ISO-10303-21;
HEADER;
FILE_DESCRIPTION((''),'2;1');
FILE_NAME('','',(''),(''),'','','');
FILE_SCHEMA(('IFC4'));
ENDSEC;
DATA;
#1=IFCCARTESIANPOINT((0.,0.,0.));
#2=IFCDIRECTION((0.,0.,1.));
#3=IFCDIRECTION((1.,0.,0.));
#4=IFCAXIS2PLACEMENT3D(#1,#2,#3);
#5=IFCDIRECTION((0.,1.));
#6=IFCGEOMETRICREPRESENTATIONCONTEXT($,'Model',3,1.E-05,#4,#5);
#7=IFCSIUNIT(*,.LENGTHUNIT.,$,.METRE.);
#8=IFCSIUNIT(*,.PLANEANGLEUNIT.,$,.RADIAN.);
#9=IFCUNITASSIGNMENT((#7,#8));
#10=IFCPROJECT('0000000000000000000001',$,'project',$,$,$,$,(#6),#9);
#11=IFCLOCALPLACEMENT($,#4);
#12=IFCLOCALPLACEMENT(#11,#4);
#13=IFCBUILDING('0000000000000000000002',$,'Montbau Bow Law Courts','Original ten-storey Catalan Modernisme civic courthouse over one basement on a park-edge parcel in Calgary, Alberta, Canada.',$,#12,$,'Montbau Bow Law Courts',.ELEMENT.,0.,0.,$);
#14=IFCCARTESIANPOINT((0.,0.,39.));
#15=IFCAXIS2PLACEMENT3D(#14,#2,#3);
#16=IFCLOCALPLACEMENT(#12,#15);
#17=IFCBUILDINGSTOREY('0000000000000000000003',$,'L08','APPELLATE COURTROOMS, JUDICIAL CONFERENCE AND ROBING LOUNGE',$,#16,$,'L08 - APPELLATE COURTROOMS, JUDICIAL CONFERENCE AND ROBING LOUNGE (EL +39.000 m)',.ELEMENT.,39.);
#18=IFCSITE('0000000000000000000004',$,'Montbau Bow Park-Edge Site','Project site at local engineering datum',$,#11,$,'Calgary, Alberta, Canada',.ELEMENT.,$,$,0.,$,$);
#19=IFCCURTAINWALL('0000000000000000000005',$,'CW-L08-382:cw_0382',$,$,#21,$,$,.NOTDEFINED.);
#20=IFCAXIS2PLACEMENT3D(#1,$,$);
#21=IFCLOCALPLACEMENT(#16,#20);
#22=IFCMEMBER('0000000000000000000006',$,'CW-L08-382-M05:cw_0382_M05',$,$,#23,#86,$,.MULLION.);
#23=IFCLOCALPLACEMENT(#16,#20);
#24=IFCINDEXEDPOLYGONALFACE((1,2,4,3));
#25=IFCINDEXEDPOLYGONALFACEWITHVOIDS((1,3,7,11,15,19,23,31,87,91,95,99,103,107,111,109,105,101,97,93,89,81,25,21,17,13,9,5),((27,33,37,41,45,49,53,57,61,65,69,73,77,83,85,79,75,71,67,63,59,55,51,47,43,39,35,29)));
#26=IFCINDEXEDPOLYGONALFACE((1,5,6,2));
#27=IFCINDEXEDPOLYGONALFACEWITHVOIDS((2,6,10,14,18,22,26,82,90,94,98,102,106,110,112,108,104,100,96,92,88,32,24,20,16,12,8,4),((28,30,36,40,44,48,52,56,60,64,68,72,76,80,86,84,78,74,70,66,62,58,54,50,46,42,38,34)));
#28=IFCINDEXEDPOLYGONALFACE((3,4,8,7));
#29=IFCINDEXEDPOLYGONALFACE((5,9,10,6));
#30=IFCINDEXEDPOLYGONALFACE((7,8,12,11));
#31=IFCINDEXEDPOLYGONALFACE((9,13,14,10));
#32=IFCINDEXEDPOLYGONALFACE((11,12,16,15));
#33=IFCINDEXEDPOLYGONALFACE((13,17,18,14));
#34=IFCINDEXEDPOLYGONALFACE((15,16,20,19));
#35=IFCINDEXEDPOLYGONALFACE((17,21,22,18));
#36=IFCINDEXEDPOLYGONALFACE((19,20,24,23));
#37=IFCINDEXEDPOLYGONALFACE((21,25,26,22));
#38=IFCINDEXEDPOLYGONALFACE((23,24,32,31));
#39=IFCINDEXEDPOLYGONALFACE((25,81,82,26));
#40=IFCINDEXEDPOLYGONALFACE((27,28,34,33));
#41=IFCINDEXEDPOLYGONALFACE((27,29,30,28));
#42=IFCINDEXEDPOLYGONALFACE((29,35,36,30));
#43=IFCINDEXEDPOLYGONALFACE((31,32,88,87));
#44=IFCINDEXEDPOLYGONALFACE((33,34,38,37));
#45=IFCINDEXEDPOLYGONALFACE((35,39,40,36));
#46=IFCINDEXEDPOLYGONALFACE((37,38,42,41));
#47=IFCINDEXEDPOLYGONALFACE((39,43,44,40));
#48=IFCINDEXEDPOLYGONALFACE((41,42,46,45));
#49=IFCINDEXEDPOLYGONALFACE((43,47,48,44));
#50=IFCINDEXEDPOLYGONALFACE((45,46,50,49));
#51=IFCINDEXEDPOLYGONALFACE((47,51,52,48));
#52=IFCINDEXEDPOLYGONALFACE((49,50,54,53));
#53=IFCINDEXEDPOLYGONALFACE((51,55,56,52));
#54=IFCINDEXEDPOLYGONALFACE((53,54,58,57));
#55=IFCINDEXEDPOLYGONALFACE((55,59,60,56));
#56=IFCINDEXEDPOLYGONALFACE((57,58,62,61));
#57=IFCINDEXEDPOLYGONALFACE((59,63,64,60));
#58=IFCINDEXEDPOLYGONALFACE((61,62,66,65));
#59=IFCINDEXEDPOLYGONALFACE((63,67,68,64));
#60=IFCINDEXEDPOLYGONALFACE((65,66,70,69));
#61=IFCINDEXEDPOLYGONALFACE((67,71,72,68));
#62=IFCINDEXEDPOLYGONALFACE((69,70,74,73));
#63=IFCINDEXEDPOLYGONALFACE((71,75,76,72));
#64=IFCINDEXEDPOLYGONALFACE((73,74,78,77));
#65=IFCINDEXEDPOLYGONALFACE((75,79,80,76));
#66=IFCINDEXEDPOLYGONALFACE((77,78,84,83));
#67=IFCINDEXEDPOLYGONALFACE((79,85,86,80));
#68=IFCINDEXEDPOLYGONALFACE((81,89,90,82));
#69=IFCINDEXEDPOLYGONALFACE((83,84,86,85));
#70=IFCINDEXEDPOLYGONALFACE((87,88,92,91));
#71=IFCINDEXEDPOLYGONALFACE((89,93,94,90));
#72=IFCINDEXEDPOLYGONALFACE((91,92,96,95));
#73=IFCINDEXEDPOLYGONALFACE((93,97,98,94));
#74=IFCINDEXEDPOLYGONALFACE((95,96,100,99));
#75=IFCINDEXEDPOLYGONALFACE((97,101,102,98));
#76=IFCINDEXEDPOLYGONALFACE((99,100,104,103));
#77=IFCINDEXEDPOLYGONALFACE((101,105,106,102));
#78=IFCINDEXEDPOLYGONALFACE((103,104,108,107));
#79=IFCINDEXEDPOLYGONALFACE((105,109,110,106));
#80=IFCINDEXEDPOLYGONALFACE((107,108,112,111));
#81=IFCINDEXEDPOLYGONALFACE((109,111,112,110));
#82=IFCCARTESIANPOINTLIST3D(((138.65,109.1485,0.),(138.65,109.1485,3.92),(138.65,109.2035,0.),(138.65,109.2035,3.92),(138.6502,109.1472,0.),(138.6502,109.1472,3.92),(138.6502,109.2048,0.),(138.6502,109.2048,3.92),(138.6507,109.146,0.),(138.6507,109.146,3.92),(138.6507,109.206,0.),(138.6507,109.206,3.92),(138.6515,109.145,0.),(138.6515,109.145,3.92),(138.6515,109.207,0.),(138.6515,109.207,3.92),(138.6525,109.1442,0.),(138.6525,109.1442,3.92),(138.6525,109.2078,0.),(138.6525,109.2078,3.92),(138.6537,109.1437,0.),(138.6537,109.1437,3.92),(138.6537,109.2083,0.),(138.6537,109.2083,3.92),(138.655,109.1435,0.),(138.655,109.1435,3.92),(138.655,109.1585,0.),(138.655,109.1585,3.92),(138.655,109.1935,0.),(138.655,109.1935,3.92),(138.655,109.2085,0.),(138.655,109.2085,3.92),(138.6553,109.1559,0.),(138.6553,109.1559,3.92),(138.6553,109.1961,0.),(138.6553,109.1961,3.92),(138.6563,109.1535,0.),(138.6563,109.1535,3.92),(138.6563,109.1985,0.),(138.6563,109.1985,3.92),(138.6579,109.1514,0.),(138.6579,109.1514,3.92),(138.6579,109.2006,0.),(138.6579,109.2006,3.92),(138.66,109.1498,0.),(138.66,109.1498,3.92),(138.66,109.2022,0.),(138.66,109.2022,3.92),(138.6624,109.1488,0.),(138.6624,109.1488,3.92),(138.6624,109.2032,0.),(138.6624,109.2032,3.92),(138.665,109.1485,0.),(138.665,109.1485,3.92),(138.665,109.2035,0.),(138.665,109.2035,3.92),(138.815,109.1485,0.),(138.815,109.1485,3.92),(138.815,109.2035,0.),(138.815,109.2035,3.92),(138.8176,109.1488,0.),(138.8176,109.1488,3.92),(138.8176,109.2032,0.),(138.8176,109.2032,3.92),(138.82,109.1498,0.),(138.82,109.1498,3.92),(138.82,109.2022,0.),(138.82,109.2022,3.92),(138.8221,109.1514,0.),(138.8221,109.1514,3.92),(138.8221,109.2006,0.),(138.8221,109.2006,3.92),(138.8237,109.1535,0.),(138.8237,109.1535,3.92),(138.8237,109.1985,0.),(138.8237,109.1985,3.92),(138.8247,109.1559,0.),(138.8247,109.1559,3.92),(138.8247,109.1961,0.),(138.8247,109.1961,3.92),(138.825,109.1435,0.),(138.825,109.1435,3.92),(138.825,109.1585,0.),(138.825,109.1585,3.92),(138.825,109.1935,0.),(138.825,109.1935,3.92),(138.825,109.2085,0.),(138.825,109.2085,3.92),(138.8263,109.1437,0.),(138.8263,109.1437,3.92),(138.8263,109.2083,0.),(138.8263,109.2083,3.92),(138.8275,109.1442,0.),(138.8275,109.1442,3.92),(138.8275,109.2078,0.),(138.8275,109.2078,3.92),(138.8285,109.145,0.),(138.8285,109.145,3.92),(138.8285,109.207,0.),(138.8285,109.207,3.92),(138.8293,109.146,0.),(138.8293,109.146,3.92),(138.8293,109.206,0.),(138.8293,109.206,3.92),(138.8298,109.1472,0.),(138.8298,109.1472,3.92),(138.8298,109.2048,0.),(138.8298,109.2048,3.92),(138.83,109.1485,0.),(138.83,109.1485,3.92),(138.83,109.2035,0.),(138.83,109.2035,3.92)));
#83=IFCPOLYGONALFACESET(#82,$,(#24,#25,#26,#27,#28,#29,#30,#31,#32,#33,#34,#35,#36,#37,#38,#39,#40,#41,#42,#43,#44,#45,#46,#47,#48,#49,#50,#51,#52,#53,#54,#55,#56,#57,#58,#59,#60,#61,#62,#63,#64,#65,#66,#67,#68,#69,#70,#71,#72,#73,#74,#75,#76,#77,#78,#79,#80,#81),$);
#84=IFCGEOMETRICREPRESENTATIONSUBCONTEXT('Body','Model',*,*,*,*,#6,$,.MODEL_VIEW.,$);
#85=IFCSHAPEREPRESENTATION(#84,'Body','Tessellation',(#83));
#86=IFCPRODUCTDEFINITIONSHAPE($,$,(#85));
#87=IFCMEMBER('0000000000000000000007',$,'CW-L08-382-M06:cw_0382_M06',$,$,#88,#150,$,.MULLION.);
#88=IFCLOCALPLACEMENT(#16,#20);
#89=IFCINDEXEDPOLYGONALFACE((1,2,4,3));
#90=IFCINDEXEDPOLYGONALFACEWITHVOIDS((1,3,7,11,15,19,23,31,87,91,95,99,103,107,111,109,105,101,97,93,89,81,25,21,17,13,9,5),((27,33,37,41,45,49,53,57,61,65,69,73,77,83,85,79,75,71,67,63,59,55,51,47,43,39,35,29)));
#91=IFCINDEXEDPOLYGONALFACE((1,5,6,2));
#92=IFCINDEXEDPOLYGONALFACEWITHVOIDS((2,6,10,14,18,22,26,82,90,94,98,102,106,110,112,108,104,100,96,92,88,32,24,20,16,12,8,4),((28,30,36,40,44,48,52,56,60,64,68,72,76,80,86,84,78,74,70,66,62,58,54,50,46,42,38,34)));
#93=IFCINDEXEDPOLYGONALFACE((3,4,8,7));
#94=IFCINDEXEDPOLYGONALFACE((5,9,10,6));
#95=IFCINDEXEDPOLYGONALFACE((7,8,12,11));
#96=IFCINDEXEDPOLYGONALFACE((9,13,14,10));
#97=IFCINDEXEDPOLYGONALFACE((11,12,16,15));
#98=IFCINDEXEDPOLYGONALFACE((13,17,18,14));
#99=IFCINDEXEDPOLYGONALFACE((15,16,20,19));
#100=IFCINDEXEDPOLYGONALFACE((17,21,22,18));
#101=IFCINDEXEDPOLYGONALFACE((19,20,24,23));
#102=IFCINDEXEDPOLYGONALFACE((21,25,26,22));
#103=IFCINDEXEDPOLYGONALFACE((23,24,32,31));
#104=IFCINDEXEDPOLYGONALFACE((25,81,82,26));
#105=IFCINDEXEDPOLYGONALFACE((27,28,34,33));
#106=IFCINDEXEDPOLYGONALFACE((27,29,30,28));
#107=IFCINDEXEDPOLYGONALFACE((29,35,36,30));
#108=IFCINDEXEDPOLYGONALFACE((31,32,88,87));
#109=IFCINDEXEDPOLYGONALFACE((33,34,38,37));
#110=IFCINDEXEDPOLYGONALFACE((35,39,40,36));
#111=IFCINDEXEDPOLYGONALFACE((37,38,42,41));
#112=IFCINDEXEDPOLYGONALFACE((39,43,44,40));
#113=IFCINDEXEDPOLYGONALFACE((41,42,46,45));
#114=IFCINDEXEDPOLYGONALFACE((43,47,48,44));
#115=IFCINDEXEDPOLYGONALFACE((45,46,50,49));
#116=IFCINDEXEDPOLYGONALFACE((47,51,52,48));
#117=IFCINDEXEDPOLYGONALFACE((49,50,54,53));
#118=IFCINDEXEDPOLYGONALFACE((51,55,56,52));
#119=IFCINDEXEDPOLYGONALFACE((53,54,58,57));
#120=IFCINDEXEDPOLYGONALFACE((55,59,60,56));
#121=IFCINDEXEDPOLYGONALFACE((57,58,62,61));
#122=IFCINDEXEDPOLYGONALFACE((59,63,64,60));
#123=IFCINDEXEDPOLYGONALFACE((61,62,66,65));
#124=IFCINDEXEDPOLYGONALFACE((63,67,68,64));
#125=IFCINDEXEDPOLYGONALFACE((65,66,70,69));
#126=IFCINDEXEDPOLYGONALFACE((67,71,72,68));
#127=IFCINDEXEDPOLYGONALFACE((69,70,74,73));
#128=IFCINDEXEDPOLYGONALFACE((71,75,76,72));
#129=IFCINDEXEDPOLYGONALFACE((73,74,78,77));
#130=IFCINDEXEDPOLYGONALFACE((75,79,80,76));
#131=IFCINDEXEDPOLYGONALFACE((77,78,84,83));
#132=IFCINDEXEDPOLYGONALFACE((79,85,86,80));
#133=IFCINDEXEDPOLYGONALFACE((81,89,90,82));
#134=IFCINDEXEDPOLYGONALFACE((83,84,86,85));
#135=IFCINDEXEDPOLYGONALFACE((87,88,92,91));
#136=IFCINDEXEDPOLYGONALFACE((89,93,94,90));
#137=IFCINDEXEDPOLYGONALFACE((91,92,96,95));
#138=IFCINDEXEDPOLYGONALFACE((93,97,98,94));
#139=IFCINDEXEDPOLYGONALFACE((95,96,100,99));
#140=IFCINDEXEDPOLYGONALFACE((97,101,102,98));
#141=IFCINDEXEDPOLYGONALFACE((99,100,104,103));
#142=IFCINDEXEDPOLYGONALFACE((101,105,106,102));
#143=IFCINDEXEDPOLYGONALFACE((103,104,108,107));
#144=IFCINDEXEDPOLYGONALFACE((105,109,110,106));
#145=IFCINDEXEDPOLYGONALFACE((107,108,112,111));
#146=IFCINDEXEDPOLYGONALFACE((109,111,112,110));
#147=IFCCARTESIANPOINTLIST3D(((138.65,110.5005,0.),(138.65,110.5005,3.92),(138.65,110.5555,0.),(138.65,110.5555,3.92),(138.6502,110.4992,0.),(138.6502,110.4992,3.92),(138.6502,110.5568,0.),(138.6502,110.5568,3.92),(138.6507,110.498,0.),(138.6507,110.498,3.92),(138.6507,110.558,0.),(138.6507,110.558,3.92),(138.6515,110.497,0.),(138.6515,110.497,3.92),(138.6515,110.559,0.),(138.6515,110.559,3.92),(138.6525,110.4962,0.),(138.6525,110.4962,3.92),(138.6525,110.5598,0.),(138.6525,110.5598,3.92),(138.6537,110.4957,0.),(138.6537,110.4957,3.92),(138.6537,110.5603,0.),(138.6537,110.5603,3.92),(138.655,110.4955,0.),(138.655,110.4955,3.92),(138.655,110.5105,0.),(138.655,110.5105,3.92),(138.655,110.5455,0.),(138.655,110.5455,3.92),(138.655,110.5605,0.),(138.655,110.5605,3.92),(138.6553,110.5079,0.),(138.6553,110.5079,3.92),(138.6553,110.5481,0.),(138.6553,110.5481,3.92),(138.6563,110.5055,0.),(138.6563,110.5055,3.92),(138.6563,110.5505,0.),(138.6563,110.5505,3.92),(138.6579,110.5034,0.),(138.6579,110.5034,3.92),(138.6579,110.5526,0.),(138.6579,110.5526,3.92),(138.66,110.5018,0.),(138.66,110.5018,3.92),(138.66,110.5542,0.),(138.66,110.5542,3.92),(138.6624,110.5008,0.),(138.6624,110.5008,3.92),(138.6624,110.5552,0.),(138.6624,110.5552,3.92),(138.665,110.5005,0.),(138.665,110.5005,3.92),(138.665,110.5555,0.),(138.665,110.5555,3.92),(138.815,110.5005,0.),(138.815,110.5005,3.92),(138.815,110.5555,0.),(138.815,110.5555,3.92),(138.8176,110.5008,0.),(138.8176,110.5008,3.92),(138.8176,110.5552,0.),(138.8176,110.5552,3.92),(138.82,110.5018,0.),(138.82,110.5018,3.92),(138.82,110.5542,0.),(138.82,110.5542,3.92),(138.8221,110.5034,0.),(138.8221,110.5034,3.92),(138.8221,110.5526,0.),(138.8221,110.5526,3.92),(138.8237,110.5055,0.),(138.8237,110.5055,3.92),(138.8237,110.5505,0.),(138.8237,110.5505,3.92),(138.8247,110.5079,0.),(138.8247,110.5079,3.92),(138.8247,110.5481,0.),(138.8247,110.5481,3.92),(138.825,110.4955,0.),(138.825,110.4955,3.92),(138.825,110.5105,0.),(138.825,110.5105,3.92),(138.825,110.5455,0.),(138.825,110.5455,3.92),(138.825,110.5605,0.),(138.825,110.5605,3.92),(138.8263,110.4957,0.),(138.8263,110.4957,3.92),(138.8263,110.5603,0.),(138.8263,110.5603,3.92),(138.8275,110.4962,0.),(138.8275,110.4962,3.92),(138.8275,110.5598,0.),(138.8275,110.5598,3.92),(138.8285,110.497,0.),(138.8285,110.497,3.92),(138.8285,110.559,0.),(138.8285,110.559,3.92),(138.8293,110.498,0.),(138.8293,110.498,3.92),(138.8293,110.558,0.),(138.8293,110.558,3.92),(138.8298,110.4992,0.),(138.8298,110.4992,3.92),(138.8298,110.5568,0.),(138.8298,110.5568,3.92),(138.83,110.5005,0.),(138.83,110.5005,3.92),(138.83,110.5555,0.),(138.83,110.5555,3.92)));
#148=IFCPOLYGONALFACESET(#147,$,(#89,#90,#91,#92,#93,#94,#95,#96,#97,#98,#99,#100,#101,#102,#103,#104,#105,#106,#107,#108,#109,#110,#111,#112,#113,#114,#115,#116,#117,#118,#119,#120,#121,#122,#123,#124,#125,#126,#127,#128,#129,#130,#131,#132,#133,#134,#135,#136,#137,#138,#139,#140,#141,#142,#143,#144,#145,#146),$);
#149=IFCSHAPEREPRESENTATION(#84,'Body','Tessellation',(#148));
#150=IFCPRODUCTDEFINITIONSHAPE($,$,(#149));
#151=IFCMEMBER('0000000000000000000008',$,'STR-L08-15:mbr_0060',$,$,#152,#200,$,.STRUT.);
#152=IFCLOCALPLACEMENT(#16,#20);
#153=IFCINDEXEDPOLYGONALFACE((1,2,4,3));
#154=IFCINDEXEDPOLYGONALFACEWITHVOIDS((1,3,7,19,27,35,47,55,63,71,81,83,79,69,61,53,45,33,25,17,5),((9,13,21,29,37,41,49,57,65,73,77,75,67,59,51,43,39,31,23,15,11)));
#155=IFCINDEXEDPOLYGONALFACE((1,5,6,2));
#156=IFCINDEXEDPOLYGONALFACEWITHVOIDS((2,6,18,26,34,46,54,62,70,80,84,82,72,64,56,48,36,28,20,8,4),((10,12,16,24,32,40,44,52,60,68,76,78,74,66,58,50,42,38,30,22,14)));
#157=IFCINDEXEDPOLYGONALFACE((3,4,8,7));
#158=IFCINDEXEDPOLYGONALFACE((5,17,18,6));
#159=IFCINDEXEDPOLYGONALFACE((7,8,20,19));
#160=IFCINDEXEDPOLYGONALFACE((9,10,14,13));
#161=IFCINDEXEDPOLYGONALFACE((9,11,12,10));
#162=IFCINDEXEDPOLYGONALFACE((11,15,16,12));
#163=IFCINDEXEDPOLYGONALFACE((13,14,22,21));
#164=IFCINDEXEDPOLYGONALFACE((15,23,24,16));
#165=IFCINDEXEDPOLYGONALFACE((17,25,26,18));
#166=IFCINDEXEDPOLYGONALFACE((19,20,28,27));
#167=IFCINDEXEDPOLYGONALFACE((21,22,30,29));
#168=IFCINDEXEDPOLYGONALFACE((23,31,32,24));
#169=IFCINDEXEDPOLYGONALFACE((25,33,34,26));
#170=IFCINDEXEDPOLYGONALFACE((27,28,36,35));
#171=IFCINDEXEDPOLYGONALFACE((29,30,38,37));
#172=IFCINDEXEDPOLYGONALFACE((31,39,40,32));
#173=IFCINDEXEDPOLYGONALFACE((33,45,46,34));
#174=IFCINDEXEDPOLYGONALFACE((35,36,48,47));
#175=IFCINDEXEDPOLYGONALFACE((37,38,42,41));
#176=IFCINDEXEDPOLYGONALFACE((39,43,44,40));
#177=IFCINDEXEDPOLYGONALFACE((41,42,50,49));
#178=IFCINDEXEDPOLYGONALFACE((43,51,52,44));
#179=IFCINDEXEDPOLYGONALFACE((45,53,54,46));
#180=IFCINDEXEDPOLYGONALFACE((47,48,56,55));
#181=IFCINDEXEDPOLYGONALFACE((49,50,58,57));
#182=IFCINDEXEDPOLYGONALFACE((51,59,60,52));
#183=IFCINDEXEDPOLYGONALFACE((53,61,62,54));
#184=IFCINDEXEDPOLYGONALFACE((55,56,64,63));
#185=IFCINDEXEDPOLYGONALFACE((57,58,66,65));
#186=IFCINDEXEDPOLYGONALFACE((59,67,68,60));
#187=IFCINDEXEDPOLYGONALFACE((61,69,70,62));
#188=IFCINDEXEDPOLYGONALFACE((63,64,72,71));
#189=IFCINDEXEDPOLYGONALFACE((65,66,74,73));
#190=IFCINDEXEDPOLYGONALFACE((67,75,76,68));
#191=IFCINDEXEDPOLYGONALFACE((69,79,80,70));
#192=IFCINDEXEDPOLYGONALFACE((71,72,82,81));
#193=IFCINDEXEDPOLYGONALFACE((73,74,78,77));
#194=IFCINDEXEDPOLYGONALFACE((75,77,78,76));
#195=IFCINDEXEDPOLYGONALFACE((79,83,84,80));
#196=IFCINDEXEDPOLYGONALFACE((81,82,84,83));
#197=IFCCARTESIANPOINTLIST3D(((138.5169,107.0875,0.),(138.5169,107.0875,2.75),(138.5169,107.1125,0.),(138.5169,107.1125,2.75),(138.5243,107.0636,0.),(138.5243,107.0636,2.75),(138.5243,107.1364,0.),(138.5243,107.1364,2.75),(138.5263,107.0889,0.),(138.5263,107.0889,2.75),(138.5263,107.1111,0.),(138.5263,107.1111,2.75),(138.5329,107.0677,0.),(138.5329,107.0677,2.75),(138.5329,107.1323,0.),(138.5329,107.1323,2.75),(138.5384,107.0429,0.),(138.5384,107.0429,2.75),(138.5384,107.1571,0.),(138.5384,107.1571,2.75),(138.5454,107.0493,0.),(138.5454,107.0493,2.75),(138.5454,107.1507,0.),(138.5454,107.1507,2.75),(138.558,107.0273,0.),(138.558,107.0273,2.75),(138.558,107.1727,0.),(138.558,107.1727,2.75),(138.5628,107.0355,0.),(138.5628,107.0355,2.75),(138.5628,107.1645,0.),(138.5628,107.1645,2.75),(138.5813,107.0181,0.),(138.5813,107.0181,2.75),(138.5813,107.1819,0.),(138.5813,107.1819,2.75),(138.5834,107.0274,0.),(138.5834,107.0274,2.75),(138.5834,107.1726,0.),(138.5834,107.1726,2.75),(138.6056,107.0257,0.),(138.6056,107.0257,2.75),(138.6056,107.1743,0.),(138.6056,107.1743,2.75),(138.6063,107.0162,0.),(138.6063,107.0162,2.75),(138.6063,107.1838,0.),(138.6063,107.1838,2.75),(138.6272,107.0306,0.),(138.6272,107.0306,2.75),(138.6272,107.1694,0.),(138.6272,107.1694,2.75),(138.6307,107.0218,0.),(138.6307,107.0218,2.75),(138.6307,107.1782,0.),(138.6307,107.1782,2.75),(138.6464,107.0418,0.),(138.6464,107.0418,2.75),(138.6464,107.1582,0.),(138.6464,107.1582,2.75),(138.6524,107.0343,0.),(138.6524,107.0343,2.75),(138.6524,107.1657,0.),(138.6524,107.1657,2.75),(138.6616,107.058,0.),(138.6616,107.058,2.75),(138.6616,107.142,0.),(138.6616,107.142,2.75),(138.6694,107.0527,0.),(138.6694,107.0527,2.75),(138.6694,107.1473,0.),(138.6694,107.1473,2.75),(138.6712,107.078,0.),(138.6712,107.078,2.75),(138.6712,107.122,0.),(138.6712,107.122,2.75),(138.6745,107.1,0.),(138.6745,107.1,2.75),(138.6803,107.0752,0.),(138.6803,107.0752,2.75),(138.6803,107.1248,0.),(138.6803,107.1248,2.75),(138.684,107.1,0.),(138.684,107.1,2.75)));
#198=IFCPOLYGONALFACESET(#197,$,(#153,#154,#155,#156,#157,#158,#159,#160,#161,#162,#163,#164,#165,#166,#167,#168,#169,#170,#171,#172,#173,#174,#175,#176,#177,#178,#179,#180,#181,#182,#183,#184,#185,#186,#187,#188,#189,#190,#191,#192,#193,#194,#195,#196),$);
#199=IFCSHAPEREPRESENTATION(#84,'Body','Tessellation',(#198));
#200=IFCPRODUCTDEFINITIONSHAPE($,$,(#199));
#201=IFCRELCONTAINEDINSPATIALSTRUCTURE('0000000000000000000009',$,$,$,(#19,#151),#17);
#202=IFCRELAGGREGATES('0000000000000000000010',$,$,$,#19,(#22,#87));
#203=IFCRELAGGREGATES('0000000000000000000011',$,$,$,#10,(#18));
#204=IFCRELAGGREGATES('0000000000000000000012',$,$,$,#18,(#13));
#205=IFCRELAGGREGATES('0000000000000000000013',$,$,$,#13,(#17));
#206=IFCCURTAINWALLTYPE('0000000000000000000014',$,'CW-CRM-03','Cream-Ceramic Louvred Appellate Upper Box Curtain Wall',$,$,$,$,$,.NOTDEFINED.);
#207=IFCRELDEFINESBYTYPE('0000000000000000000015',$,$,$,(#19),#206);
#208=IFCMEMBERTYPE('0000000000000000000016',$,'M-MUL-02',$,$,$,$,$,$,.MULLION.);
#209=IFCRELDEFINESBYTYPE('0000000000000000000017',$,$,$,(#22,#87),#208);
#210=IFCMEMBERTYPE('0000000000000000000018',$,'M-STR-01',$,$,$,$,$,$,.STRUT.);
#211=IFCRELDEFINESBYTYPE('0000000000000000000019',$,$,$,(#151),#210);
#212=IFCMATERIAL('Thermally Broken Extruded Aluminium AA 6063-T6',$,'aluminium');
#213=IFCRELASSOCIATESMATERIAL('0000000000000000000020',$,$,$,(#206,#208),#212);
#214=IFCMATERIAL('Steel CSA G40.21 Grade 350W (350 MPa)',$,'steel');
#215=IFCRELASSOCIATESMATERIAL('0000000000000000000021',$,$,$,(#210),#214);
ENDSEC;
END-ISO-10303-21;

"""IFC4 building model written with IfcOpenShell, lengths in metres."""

from ifc_helpers import new_model, si_unit, direction, frame, origin_with_axes, origin_2d_with_axis, place, context, subcontext, project, spatial, hollow_rectangle, hollow_circle, extrude, material, material_profile, profile_set, type_object, element, aggregate, save


model = new_model("IFC4")

# Units and contexts
model_context = context("Model", 3, precision=1e-05, world=origin_with_axes(), true_north=direction((0.0, 1.0)))
body_context = subcontext(model_context, "Body", "Model", "MODEL_VIEW")
ifc_project = project(units=[si_unit("LENGTHUNIT", "METRE"), si_unit("PLANEANGLEUNIT", "RADIAN")], contexts=[model_context])

# Site, building, storey
site_placement = place(None, origin_with_axes())
site = spatial("IfcSite", under=ifc_project, at=site_placement, Name="Montbau Bow Park-Edge Site", Description="Project site at local engineering datum", LongName="Calgary, Alberta, Canada", CompositionType="ELEMENT", RefElevation=0.0)
building_placement = place(site_placement, origin_with_axes())
building = spatial("IfcBuilding", under=site, at=building_placement, Name="Montbau Bow Law Courts", Description="Original ten-storey Catalan Modernisme civic courthouse over one basement on a park-edge parcel in Calgary, Alberta, Canada.", LongName="Montbau Bow Law Courts", CompositionType="ELEMENT", ElevationOfRefHeight=0.0, ElevationOfTerrain=0.0)
storey_placement = place(building_placement, frame((0.0, 0.0, 39.0), z_axis=(0.0, 0.0, 1.0), x_axis=(1.0, 0.0, 0.0)))
storey = spatial("IfcBuildingStorey", under=building, at=storey_placement, Name="L08", Description="APPELLATE COURTROOMS, JUDICIAL CONFERENCE AND ROBING LOUNGE", LongName="L08 - APPELLATE COURTROOMS, JUDICIAL CONFERENCE AND ROBING LOUNGE (EL +39.000 m)", CompositionType="ELEMENT", Elevation=39.0)

# Shared definitions
ifc_material_1 = material(Name="Steel CSA G40.21 Grade 350W (350 MPa)", Category="steel")

# Curtain wall, members
ifc_material_2 = material(Name="Thermally Broken Extruded Aluminium AA 6063-T6", Category="aluminium")
curtain_wall_type = type_object("IfcCurtainWallType", Name="CW-CRM-03", Description="Cream-Ceramic Louvred Appellate Upper Box Curtain Wall", PredefinedType="NOTDEFINED", material=ifc_material_2)
ifc_material_profile_1 = material_profile(ifc_material_2, hollow_rectangle(XDim=0.065, YDim=0.18, WallThickness=0.005, InnerFilletRadius=0.01, OuterFilletRadius=0.005, at=origin_2d_with_axis()), Name="CWM-180X65", Category="Main", Priority=0)
ifc_profile_set_1 = profile_set([ifc_material_profile_1], Name="Thermally Broken Extruded Aluminium AA 6063-T6")
member_type_1 = type_object("IfcMemberType", Name="M-MUL-02", PredefinedType="MULLION", material=ifc_profile_set_1)
curtain_wall_1_placement = place(None, frame((138.74, 103.64, 39.0), z_axis=(0.0, 0.0, 1.0), x_axis=(1.0, 0.0, 0.0)))
curtain_wall_1 = element("IfcCurtainWall", 1, at=curtain_wall_1_placement, inside=storey, type_object=curtain_wall_type, Name="CW-L08-382:cw_0382", PredefinedType="NOTDEFINED")
member_1_placement = place(None, frame((138.74, 109.176, 39.0), z_axis=(0.0, 0.0, 1.0), x_axis=(0.0, 1.0, 0.0)))
member_1 = element("IfcMember", 2, at=member_1_placement, type_object=member_type_1, Name="CW-L08-382-M05:cw_0382_M05", PredefinedType="MULLION", context=body_context, shape_type="SweptSolid", body=[
    extrude(hollow_rectangle(XDim=0.065, YDim=0.18, WallThickness=0.005, InnerFilletRadius=0.01, OuterFilletRadius=0.005, at=origin_2d_with_axis()), origin_with_axes(), (0.0, 0.0, 1.0), 3.92),
])
member_2_placement = place(None, frame((138.74, 110.528, 39.0), z_axis=(0.0, 0.0, 1.0), x_axis=(0.0, 1.0, 0.0)))
member_2 = element("IfcMember", 3, at=member_2_placement, type_object=member_type_1, Name="CW-L08-382-M06:cw_0382_M06", PredefinedType="MULLION", context=body_context, shape_type="SweptSolid", body=[
    extrude(hollow_rectangle(XDim=0.065, YDim=0.18, WallThickness=0.005, InnerFilletRadius=0.01, OuterFilletRadius=0.005, at=origin_2d_with_axis()), origin_with_axes(), (0.0, 0.0, 1.0), 3.92),
])

# Member
ifc_material_profile_2 = material_profile(ifc_material_1, hollow_circle(Radius=0.084, WallThickness=0.0095, at=origin_2d_with_axis()), Name="HSS168X9.5", Category="Main", Priority=0)
ifc_profile_set_2 = profile_set([ifc_material_profile_2], Name="Steel CSA G40.21 Grade 350W (350 MPa)")
member_type_2 = type_object("IfcMemberType", Name="M-STR-01", PredefinedType="STRUT", material=ifc_profile_set_2)
member_3_placement = place(None, frame((138.6, 107.1, 39.0), z_axis=(0.0, 0.0, 1.0), x_axis=(1.0, 0.0, 0.0)))
element("IfcMember", 4, at=member_3_placement, inside=storey, type_object=member_type_2, Name="STR-L08-15:mbr_0060", PredefinedType="STRUT", context=body_context, shape_type="SweptSolid", body=[
    extrude(hollow_circle(Radius=0.084, WallThickness=0.0095, at=origin_2d_with_axis()), origin_with_axes(), (0.0, 0.0, 1.0), 2.75),
])

aggregate(curtain_wall_1, [member_1, member_2])

save(model, "model.ifc")
